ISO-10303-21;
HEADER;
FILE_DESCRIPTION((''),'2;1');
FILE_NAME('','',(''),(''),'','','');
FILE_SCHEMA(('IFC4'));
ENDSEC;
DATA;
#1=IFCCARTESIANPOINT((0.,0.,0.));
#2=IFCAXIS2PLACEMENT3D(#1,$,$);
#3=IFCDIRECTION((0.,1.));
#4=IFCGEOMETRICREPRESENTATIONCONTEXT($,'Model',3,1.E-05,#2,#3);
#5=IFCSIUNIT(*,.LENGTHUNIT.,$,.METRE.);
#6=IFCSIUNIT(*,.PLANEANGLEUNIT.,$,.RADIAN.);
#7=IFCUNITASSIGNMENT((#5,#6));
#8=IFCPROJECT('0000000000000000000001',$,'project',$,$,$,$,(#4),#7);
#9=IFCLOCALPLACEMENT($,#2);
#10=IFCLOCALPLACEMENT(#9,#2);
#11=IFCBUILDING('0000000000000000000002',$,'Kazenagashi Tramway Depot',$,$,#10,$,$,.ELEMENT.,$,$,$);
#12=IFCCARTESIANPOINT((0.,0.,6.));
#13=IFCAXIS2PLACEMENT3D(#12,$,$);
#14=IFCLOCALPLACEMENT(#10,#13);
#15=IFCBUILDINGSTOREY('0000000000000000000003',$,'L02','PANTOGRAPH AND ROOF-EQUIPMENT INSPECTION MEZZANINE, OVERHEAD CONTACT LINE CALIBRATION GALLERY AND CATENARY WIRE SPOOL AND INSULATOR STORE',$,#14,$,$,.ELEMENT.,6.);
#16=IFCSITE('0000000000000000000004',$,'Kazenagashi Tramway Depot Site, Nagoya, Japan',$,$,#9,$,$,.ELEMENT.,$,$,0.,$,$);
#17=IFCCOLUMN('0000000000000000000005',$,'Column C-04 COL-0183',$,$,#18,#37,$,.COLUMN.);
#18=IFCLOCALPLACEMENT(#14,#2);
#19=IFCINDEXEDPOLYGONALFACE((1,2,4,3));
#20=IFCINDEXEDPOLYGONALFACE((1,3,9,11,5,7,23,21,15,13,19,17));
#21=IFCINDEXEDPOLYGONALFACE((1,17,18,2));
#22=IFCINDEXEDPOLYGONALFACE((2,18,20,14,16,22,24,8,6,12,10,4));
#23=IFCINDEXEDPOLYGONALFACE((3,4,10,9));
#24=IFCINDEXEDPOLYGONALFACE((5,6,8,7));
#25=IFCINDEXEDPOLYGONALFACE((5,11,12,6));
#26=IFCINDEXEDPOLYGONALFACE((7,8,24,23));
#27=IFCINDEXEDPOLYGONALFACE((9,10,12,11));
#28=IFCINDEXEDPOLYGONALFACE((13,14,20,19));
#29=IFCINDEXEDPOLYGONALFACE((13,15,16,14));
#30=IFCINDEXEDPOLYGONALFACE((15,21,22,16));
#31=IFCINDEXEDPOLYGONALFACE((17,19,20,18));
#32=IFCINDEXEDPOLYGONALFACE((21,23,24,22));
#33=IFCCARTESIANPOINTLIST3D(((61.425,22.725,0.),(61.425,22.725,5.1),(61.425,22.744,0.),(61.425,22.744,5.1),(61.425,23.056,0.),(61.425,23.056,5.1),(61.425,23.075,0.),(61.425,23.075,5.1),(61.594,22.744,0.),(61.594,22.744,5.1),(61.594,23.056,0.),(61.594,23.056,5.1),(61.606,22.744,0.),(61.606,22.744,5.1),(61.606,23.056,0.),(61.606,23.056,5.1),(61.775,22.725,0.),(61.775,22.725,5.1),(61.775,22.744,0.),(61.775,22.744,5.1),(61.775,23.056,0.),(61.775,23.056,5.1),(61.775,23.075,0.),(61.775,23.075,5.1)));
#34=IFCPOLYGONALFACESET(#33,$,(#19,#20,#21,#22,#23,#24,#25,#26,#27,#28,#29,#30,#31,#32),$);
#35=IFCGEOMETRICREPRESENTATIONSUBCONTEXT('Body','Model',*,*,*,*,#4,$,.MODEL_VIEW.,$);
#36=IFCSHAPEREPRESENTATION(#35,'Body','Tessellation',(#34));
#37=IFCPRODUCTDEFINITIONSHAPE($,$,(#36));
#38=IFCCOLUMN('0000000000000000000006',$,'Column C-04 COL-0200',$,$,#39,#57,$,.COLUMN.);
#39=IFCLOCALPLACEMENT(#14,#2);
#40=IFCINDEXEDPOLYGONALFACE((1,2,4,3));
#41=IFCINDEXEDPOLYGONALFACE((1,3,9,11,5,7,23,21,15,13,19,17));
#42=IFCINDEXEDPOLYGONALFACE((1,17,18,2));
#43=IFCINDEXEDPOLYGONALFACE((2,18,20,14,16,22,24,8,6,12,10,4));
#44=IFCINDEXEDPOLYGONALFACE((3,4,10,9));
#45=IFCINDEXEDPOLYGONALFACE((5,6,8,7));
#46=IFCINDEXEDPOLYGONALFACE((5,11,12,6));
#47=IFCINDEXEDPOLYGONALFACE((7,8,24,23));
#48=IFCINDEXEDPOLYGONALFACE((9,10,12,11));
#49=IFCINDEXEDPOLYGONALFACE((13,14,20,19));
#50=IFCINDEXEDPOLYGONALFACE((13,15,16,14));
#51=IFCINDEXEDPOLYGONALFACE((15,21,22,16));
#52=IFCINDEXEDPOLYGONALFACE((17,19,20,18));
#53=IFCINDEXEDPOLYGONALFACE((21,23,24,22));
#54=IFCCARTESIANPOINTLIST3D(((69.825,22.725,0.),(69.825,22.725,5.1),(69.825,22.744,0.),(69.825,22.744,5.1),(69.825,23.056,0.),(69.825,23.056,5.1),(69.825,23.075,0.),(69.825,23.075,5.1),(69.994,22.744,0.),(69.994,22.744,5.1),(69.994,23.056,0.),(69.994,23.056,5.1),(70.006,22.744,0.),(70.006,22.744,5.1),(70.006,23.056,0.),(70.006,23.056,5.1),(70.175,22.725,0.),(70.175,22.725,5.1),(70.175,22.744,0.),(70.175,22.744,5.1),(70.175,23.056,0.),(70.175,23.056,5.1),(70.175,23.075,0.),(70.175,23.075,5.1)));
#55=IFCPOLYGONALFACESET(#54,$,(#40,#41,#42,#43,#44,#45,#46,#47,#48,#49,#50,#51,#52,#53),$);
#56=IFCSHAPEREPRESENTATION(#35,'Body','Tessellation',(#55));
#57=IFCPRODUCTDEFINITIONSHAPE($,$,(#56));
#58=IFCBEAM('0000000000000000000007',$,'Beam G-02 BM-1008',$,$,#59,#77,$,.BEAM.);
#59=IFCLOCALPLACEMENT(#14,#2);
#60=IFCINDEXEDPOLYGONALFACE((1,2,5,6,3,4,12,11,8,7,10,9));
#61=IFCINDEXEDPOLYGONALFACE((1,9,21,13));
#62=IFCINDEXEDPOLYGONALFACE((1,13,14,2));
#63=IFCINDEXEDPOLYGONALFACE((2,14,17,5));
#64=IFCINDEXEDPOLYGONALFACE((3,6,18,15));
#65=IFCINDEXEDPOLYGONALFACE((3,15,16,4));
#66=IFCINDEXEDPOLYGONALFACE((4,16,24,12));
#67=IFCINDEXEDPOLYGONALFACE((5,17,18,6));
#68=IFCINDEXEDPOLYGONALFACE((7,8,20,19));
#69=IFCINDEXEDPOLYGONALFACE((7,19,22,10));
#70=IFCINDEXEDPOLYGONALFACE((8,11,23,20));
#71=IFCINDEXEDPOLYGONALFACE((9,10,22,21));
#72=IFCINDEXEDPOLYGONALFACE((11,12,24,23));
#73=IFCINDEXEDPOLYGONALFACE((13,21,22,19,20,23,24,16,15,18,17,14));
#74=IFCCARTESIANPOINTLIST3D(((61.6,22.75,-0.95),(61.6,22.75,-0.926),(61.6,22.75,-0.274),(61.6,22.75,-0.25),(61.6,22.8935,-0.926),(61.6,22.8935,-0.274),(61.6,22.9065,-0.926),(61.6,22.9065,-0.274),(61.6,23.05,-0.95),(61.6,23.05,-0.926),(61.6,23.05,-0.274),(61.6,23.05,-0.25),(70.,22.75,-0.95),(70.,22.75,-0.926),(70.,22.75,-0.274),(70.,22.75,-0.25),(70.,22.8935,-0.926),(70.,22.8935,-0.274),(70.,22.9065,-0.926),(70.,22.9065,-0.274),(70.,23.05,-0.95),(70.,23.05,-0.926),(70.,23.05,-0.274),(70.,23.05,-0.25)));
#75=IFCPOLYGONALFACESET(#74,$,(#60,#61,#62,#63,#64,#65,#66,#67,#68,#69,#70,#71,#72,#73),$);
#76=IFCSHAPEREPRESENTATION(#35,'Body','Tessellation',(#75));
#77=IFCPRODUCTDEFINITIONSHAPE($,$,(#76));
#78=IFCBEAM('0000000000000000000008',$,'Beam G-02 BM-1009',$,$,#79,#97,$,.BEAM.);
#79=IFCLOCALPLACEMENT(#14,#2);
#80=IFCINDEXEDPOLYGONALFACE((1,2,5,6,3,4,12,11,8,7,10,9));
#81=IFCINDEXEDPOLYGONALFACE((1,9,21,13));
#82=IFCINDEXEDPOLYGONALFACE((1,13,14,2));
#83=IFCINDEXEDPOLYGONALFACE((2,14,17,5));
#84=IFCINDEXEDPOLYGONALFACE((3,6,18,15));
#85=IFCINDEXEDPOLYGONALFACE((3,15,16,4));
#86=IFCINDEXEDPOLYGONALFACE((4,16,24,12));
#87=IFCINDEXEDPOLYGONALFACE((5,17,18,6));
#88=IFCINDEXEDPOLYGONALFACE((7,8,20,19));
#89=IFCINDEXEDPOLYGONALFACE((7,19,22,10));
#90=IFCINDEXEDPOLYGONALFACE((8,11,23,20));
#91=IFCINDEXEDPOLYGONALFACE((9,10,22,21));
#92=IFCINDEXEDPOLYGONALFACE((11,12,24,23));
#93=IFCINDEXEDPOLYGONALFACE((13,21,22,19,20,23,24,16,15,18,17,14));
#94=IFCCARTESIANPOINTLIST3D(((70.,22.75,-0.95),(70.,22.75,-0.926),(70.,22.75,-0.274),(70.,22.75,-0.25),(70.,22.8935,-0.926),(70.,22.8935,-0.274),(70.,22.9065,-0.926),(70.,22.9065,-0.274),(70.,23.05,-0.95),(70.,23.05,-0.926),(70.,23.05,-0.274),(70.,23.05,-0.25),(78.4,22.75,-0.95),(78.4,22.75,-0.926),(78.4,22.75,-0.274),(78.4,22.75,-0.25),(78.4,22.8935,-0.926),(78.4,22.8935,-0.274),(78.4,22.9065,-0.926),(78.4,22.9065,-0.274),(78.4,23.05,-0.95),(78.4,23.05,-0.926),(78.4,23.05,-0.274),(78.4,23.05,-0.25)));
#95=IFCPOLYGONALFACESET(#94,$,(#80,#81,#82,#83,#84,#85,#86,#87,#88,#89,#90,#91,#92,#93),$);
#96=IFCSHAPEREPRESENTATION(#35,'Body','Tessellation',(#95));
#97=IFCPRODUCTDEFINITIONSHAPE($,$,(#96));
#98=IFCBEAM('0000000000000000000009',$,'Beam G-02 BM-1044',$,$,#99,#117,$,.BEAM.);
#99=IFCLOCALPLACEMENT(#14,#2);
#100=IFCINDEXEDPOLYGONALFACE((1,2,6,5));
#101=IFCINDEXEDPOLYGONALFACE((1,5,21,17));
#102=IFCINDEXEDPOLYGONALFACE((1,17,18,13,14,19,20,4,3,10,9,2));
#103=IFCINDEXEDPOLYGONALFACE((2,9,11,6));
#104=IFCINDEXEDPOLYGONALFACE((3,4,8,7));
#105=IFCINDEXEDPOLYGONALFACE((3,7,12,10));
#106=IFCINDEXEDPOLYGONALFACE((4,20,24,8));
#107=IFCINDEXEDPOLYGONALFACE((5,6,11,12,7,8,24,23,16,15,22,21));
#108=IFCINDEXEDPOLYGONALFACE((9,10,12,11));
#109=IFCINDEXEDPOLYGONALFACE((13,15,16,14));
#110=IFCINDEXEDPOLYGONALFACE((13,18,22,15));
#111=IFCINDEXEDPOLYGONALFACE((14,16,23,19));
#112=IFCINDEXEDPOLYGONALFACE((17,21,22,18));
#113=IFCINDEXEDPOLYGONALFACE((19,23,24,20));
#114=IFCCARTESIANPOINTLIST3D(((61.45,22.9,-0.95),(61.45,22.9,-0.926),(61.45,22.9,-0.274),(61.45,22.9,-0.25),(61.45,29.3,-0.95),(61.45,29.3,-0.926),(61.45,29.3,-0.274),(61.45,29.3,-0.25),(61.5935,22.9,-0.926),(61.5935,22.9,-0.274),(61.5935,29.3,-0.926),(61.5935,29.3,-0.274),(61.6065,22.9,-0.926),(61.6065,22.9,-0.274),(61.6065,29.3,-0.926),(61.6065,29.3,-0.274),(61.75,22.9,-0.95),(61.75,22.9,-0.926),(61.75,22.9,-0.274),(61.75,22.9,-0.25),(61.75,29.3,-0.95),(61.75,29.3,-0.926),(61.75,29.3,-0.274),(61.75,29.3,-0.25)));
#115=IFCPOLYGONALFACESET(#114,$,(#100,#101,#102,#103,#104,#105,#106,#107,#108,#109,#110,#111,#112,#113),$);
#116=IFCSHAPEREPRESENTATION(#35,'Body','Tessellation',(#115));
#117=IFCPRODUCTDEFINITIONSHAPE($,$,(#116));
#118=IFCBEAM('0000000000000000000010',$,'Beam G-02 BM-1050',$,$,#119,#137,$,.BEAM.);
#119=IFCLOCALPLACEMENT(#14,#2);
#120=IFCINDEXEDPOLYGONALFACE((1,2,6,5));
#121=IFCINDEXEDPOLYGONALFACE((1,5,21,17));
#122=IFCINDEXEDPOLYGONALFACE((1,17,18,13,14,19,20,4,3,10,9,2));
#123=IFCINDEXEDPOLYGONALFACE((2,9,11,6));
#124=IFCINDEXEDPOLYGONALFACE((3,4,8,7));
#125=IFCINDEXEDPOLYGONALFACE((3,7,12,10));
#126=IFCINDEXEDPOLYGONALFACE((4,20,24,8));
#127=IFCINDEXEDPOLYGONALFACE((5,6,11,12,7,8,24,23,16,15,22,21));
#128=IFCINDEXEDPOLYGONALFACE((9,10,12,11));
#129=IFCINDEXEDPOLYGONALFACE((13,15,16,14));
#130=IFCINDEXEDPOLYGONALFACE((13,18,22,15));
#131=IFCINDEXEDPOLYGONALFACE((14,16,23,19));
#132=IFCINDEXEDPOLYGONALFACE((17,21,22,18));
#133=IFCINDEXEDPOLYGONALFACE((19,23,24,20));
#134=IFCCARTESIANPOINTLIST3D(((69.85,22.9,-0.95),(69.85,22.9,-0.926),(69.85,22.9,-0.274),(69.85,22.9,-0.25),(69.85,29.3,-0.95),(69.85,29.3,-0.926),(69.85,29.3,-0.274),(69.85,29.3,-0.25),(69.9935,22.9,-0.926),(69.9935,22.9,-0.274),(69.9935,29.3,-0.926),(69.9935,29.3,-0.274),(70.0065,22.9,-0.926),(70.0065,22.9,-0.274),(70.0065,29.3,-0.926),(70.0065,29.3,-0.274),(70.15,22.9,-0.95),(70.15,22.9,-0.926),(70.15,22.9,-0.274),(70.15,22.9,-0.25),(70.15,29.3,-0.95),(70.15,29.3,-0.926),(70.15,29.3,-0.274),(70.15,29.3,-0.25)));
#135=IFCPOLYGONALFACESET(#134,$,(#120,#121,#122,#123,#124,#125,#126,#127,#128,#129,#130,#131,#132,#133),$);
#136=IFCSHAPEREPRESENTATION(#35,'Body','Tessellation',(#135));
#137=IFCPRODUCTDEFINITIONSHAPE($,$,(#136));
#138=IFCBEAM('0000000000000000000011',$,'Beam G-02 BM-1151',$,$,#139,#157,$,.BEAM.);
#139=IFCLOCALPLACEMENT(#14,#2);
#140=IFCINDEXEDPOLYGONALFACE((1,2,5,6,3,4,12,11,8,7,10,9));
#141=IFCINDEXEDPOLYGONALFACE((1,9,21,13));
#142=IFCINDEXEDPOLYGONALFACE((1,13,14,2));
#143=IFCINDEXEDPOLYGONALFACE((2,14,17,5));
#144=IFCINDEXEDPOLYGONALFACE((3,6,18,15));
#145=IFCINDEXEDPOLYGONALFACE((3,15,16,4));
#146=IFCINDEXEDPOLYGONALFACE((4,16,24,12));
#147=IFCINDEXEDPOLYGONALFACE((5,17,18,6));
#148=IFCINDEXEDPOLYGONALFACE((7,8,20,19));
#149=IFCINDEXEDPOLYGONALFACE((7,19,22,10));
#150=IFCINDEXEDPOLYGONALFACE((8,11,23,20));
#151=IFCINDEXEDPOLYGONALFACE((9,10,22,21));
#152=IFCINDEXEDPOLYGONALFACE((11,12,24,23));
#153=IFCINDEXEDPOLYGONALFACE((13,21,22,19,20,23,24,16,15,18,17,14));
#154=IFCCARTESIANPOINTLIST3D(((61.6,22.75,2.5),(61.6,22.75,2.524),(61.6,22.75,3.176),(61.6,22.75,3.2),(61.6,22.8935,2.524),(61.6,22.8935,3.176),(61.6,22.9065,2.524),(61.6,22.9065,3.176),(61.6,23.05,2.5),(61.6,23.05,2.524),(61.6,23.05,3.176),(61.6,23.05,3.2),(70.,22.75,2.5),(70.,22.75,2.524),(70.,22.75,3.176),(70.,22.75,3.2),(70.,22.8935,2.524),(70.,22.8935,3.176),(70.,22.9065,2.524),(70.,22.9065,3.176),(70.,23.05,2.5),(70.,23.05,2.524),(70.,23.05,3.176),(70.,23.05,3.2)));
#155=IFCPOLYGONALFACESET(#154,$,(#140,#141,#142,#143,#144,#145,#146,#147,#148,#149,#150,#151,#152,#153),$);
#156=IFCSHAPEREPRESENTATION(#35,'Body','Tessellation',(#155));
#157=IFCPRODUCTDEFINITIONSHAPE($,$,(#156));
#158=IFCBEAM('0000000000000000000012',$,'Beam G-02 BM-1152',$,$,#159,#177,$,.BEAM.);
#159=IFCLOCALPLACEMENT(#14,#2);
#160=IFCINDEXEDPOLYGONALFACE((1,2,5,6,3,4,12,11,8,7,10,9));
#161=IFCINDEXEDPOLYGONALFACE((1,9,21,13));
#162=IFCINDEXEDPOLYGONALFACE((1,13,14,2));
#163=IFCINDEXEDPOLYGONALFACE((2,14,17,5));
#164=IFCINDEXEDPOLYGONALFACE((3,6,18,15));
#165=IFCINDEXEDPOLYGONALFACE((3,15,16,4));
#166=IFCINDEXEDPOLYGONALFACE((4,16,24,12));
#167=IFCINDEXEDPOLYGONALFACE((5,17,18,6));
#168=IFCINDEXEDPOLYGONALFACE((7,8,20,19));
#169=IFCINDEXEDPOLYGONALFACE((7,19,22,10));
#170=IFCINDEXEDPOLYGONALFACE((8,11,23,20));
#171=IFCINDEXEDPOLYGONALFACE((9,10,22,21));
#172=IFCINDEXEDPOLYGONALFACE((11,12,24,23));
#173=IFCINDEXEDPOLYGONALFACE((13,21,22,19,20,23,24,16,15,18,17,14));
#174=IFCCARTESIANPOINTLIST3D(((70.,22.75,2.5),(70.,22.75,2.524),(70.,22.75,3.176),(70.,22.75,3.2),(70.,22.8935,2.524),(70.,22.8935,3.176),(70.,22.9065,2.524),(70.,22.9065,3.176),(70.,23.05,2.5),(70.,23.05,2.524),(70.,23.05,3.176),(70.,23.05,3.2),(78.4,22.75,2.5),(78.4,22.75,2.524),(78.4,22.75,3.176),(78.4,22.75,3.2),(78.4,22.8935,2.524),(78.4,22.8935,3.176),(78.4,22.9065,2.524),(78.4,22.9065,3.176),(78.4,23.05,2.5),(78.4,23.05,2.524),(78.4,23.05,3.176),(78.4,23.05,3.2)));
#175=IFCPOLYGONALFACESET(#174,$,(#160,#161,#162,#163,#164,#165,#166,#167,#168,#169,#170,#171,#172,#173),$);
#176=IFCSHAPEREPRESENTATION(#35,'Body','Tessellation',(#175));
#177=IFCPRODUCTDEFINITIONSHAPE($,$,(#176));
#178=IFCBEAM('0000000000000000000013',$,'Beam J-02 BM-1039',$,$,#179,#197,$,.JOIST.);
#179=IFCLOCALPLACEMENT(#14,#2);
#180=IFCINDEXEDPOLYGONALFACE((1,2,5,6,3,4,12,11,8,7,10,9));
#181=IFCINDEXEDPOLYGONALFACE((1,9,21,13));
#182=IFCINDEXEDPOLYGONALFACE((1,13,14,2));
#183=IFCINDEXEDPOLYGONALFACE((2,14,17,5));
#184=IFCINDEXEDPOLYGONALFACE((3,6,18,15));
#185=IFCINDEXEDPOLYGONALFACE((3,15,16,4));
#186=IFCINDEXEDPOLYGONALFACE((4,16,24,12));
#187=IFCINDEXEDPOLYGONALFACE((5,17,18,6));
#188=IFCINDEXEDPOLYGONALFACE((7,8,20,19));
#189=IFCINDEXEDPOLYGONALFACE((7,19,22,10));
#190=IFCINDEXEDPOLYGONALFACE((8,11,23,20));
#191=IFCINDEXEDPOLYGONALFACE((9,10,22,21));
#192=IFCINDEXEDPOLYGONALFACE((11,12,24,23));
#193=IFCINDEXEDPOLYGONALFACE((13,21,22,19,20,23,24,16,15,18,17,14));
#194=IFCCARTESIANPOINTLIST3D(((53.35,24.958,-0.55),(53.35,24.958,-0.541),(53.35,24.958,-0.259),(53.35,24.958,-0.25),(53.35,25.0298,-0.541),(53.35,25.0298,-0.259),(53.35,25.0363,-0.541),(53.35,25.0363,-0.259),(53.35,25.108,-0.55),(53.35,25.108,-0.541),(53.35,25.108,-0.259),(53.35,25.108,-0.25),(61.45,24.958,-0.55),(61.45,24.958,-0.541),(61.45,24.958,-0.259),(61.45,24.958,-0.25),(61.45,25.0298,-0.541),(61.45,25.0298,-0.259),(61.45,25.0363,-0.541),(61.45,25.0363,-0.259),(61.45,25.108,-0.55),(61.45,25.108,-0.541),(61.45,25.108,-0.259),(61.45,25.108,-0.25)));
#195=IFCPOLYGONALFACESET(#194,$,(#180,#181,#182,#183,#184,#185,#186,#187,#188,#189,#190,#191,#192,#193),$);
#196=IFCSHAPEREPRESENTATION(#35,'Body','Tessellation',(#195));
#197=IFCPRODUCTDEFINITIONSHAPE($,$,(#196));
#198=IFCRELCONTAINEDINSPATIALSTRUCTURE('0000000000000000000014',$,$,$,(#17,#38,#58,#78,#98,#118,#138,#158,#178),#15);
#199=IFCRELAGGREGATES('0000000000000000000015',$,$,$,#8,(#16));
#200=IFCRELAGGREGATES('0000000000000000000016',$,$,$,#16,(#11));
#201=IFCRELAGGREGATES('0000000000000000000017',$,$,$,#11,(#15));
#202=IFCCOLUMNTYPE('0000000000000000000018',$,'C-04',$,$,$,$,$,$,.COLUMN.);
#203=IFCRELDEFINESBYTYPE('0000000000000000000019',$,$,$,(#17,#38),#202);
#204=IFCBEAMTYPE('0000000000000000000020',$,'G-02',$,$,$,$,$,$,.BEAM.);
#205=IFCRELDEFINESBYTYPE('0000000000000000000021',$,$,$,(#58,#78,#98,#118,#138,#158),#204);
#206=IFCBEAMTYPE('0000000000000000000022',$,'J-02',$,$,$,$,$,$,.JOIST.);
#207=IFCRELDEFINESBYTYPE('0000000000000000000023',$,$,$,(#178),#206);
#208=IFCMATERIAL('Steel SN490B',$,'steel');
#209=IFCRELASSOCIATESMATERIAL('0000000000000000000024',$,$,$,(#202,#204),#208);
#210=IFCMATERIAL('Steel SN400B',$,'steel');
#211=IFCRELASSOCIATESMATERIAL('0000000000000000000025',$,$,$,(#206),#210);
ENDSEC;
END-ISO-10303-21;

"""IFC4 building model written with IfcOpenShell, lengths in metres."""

from ifc_helpers import new_model, si_unit, direction, frame, origin, origin_2d, place, context, subcontext, project, spatial, i_section, extrude, material, material_profile, profile_set, type_object, element, save


model = new_model("IFC4")

# Units and contexts
model_context = context("Model", 3, precision=1e-05, world=origin(), true_north=direction((0.0, 1.0)))
body_context = subcontext(model_context, "Body", "Model", "MODEL_VIEW")
ifc_project = project(units=[si_unit("LENGTHUNIT", "METRE"), si_unit("PLANEANGLEUNIT", "RADIAN")], contexts=[model_context])

# Site, building, storey
site_placement = place(None, origin())
site = spatial("IfcSite", under=ifc_project, at=site_placement, Name="Kazenagashi Tramway Depot Site, Nagoya, Japan", CompositionType="ELEMENT", RefElevation=0.0)
building_placement = place(site_placement, origin())
building = spatial("IfcBuilding", under=site, at=building_placement, Name="Kazenagashi Tramway Depot", CompositionType="ELEMENT")
storey_placement = place(building_placement, frame((0.0, 0.0, 6.0)))
storey = spatial("IfcBuildingStorey", under=building, at=storey_placement, Name="L02", Description="PANTOGRAPH AND ROOF-EQUIPMENT INSPECTION MEZZANINE, OVERHEAD CONTACT LINE CALIBRATION GALLERY AND CATENARY WIRE SPOOL AND INSULATOR STORE", CompositionType="ELEMENT", Elevation=6.0)

# Columns
ifc_material_1 = material(Name="Steel SN490B", Category="steel")
ifc_material_profile_1 = material_profile(ifc_material_1, i_section(OverallWidth=0.35, OverallDepth=0.35, WebThickness=0.012, FlangeThickness=0.019, at=origin_2d()), Name="H-350x350x12x19")
ifc_profile_set_1 = profile_set([ifc_material_profile_1], Name="Steel SN490B")
column_type = type_object("IfcColumnType", Name="C-04", PredefinedType="COLUMN", material=ifc_profile_set_1)
for number, where, z_axis, x_axis, name in (
    (1, (61.6, 22.9, 0.0), (0.0, 0.0, 1.0), (1.0, 0.0, 0.0), "Column C-04 COL-0183"),
    (2, (70.0, 22.9, 0.0), (0.0, 0.0, 1.0), (1.0, 0.0, 0.0), "Column C-04 COL-0200"),
):
    element("IfcColumn", number, at=place(storey_placement, frame(where, z_axis=z_axis, x_axis=x_axis)), inside=storey, type_object=column_type, Name=name, PredefinedType="COLUMN", context=body_context, shape_type="SweptSolid", body=[
        extrude(i_section(OverallWidth=0.35, OverallDepth=0.35, WebThickness=0.012, FlangeThickness=0.019, at=origin_2d()), origin(), (0.0, 0.0, 1.0), 5.1),
    ])

# Beams
ifc_material_profile_2 = material_profile(ifc_material_1, i_section(OverallWidth=0.3, OverallDepth=0.7, WebThickness=0.013, FlangeThickness=0.024, at=origin_2d()), Name="H-700x300x13x24")
ifc_profile_set_2 = profile_set([ifc_material_profile_2], Name="Steel SN490B")
beam_type_1 = type_object("IfcBeamType", Name="G-02", PredefinedType="BEAM", material=ifc_profile_set_2)
for number, where, z_axis, x_axis, name in (
    (3, (61.6, 22.9, -0.6), (1.0, 0.0, 0.0), (0.0, 1.0, 0.0), "Beam G-02 BM-1008"),
    (4, (70.0, 22.9, -0.6), (1.0, 0.0, 0.0), (0.0, 1.0, 0.0), "Beam G-02 BM-1009"),
):
    element("IfcBeam", number, at=place(storey_placement, frame(where, z_axis=z_axis, x_axis=x_axis)), inside=storey, type_object=beam_type_1, Name=name, PredefinedType="BEAM", context=body_context, shape_type="SweptSolid", body=[
        extrude(i_section(OverallWidth=0.3, OverallDepth=0.7, WebThickness=0.013, FlangeThickness=0.024, at=origin_2d()), origin(), (0.0, 0.0, 1.0), 8.4),
    ])
for number, where, z_axis, x_axis, name in (
    (5, (61.6, 22.9, -0.6), (0.0, 1.0, 0.0), (-1.0, 0.0, 0.0), "Beam G-02 BM-1044"),
    (6, (70.0, 22.9, -0.6), (0.0, 1.0, 0.0), (-1.0, 0.0, 0.0), "Beam G-02 BM-1050"),
):
    element("IfcBeam", number, at=place(storey_placement, frame(where, z_axis=z_axis, x_axis=x_axis)), inside=storey, type_object=beam_type_1, Name=name, PredefinedType="BEAM", context=body_context, shape_type="SweptSolid", body=[
        extrude(i_section(OverallWidth=0.3, OverallDepth=0.7, WebThickness=0.013, FlangeThickness=0.024, at=origin_2d()), origin(), (0.0, 0.0, 1.0), 6.4),
    ])
for number, where, z_axis, x_axis, name in (
    (7, (61.6, 22.9, 2.85), (1.0, 0.0, 0.0), (0.0, 1.0, 0.0), "Beam G-02 BM-1151"),
    (8, (70.0, 22.9, 2.85), (1.0, 0.0, 0.0), (0.0, 1.0, 0.0), "Beam G-02 BM-1152"),
):
    element("IfcBeam", number, at=place(storey_placement, frame(where, z_axis=z_axis, x_axis=x_axis)), inside=storey, type_object=beam_type_1, Name=name, PredefinedType="BEAM", context=body_context, shape_type="SweptSolid", body=[
        extrude(i_section(OverallWidth=0.3, OverallDepth=0.7, WebThickness=0.013, FlangeThickness=0.024, at=origin_2d()), origin(), (0.0, 0.0, 1.0), 8.4),
    ])
ifc_material_2 = material(Name="Steel SN400B", Category="steel")
ifc_material_profile_3 = material_profile(ifc_material_2, i_section(OverallWidth=0.15, OverallDepth=0.3, WebThickness=0.0065, FlangeThickness=0.009, at=origin_2d()), Name="H-300x150x6.5x9")
ifc_profile_set_3 = profile_set([ifc_material_profile_3], Name="Steel SN400B")
beam_type_2 = type_object("IfcBeamType", Name="J-02", PredefinedType="JOIST", material=ifc_profile_set_3)
for number, where, z_axis, x_axis, name in (
    (9, (53.35, 25.033, -0.4), (1.0, 0.0, 0.0), (0.0, 1.0, 0.0), "Beam J-02 BM-1039"),
):
    element("IfcBeam", number, at=place(storey_placement, frame(where, z_axis=z_axis, x_axis=x_axis)), inside=storey, type_object=beam_type_2, Name=name, PredefinedType="JOIST", context=body_context, shape_type="SweptSolid", body=[
        extrude(i_section(OverallWidth=0.15, OverallDepth=0.3, WebThickness=0.0065, FlangeThickness=0.009, at=origin_2d()), origin(), (0.0, 0.0, 1.0), 8.1),
    ])

save(model, "model.ifc")
